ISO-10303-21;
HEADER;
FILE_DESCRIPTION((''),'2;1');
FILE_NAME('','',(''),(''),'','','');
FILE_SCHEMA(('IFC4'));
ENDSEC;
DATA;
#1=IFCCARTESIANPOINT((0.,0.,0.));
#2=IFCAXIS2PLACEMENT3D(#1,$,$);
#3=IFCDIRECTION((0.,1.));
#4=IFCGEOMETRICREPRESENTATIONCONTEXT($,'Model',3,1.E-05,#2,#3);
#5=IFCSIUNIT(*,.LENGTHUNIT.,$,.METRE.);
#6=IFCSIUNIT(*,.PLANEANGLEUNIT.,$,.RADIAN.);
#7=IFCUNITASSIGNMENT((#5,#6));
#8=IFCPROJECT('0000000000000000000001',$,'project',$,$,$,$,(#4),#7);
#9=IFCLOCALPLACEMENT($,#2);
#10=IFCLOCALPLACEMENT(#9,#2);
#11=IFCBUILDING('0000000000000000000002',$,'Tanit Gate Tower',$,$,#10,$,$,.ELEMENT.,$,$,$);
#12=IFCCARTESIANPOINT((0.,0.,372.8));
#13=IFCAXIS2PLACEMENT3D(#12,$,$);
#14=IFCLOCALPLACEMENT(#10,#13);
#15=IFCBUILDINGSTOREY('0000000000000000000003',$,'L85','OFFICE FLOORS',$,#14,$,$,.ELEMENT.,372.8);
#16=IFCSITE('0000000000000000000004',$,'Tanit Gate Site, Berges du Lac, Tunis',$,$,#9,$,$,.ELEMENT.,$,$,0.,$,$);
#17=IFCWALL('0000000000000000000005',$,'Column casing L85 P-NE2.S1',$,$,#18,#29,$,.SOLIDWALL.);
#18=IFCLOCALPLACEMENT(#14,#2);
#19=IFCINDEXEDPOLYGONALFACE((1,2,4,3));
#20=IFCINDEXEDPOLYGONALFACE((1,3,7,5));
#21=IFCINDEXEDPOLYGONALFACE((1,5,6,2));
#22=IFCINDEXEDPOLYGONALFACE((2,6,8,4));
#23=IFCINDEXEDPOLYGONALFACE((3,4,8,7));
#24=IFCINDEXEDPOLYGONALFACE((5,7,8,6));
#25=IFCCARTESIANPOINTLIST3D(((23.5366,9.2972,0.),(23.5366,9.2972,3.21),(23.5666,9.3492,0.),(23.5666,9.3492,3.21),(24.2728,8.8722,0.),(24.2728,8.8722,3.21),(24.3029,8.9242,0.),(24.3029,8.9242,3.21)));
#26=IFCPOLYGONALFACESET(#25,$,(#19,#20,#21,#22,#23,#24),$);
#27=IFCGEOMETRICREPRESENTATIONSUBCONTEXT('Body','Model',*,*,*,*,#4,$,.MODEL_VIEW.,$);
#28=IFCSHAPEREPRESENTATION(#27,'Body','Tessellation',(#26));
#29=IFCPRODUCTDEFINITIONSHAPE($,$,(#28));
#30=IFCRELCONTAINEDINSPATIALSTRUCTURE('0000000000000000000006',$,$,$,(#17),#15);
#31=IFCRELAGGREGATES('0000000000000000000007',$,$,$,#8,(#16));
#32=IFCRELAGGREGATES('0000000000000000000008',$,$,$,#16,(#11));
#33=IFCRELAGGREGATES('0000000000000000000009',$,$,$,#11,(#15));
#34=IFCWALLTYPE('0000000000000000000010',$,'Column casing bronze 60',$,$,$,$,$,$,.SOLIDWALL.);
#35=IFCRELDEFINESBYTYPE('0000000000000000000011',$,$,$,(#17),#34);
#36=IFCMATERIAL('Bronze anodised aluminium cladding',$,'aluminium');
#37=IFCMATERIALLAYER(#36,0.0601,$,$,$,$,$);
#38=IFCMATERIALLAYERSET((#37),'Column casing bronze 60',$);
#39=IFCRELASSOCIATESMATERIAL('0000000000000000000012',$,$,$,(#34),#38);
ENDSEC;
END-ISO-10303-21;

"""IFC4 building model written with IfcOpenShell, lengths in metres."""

from ifc_helpers import new_model, si_unit, direction, frame, frame_2d, origin, place, context, subcontext, project, spatial, rectangle, extrude, material, layer, layer_set, type_object, element, save


model = new_model("IFC4")

# Units and contexts
model_context = context("Model", 3, precision=1e-05, world=origin(), true_north=direction((0.0, 1.0)))
body_context = subcontext(model_context, "Body", "Model", "MODEL_VIEW")
ifc_project = project(units=[si_unit("LENGTHUNIT", "METRE"), si_unit("PLANEANGLEUNIT", "RADIAN")], contexts=[model_context])

# Site, building, storey
site_placement = place(None, origin())
site = spatial("IfcSite", under=ifc_project, at=site_placement, Name="Tanit Gate Site, Berges du Lac, Tunis", CompositionType="ELEMENT", RefElevation=0.0)
building_placement = place(site_placement, origin())
building = spatial("IfcBuilding", under=site, at=building_placement, Name="Tanit Gate Tower", CompositionType="ELEMENT")
storey_placement = place(building_placement, frame((0.0, 0.0, 372.8)))
storey = spatial("IfcBuildingStorey", under=building, at=storey_placement, Name="L85", Description="OFFICE FLOORS", CompositionType="ELEMENT", Elevation=372.8)

# Wall
ifc_material_1 = material(Name="Bronze anodised aluminium cladding", Category="aluminium")
ifc_layer_1 = layer(ifc_material_1, 0.0601)
ifc_layer_set_1 = layer_set([ifc_layer_1], Name="Column casing bronze 60")
wall_type = type_object("IfcWallType", Name="Column casing bronze 60", PredefinedType="SOLIDWALL", material=ifc_layer_set_1)
wall_1_placement = place(storey_placement, frame((24.2878, 8.8982, 0.0), z_axis=(0.0, 0.0, 1.0), x_axis=(-0.866061, 0.499938, 0.0)))
element("IfcWall", 1, at=wall_1_placement, inside=storey, type_object=wall_type, Name="Column casing L85 P-NE2.S1", PredefinedType="SOLIDWALL", context=body_context, shape_type="SweptSolid", body=[
    extrude(rectangle(XDim=0.8501, YDim=0.0601, at=frame_2d((0.425, 0.0))), origin(), (0.0, 0.0, 1.0), 3.21),
])

save(model, "model.ifc")
